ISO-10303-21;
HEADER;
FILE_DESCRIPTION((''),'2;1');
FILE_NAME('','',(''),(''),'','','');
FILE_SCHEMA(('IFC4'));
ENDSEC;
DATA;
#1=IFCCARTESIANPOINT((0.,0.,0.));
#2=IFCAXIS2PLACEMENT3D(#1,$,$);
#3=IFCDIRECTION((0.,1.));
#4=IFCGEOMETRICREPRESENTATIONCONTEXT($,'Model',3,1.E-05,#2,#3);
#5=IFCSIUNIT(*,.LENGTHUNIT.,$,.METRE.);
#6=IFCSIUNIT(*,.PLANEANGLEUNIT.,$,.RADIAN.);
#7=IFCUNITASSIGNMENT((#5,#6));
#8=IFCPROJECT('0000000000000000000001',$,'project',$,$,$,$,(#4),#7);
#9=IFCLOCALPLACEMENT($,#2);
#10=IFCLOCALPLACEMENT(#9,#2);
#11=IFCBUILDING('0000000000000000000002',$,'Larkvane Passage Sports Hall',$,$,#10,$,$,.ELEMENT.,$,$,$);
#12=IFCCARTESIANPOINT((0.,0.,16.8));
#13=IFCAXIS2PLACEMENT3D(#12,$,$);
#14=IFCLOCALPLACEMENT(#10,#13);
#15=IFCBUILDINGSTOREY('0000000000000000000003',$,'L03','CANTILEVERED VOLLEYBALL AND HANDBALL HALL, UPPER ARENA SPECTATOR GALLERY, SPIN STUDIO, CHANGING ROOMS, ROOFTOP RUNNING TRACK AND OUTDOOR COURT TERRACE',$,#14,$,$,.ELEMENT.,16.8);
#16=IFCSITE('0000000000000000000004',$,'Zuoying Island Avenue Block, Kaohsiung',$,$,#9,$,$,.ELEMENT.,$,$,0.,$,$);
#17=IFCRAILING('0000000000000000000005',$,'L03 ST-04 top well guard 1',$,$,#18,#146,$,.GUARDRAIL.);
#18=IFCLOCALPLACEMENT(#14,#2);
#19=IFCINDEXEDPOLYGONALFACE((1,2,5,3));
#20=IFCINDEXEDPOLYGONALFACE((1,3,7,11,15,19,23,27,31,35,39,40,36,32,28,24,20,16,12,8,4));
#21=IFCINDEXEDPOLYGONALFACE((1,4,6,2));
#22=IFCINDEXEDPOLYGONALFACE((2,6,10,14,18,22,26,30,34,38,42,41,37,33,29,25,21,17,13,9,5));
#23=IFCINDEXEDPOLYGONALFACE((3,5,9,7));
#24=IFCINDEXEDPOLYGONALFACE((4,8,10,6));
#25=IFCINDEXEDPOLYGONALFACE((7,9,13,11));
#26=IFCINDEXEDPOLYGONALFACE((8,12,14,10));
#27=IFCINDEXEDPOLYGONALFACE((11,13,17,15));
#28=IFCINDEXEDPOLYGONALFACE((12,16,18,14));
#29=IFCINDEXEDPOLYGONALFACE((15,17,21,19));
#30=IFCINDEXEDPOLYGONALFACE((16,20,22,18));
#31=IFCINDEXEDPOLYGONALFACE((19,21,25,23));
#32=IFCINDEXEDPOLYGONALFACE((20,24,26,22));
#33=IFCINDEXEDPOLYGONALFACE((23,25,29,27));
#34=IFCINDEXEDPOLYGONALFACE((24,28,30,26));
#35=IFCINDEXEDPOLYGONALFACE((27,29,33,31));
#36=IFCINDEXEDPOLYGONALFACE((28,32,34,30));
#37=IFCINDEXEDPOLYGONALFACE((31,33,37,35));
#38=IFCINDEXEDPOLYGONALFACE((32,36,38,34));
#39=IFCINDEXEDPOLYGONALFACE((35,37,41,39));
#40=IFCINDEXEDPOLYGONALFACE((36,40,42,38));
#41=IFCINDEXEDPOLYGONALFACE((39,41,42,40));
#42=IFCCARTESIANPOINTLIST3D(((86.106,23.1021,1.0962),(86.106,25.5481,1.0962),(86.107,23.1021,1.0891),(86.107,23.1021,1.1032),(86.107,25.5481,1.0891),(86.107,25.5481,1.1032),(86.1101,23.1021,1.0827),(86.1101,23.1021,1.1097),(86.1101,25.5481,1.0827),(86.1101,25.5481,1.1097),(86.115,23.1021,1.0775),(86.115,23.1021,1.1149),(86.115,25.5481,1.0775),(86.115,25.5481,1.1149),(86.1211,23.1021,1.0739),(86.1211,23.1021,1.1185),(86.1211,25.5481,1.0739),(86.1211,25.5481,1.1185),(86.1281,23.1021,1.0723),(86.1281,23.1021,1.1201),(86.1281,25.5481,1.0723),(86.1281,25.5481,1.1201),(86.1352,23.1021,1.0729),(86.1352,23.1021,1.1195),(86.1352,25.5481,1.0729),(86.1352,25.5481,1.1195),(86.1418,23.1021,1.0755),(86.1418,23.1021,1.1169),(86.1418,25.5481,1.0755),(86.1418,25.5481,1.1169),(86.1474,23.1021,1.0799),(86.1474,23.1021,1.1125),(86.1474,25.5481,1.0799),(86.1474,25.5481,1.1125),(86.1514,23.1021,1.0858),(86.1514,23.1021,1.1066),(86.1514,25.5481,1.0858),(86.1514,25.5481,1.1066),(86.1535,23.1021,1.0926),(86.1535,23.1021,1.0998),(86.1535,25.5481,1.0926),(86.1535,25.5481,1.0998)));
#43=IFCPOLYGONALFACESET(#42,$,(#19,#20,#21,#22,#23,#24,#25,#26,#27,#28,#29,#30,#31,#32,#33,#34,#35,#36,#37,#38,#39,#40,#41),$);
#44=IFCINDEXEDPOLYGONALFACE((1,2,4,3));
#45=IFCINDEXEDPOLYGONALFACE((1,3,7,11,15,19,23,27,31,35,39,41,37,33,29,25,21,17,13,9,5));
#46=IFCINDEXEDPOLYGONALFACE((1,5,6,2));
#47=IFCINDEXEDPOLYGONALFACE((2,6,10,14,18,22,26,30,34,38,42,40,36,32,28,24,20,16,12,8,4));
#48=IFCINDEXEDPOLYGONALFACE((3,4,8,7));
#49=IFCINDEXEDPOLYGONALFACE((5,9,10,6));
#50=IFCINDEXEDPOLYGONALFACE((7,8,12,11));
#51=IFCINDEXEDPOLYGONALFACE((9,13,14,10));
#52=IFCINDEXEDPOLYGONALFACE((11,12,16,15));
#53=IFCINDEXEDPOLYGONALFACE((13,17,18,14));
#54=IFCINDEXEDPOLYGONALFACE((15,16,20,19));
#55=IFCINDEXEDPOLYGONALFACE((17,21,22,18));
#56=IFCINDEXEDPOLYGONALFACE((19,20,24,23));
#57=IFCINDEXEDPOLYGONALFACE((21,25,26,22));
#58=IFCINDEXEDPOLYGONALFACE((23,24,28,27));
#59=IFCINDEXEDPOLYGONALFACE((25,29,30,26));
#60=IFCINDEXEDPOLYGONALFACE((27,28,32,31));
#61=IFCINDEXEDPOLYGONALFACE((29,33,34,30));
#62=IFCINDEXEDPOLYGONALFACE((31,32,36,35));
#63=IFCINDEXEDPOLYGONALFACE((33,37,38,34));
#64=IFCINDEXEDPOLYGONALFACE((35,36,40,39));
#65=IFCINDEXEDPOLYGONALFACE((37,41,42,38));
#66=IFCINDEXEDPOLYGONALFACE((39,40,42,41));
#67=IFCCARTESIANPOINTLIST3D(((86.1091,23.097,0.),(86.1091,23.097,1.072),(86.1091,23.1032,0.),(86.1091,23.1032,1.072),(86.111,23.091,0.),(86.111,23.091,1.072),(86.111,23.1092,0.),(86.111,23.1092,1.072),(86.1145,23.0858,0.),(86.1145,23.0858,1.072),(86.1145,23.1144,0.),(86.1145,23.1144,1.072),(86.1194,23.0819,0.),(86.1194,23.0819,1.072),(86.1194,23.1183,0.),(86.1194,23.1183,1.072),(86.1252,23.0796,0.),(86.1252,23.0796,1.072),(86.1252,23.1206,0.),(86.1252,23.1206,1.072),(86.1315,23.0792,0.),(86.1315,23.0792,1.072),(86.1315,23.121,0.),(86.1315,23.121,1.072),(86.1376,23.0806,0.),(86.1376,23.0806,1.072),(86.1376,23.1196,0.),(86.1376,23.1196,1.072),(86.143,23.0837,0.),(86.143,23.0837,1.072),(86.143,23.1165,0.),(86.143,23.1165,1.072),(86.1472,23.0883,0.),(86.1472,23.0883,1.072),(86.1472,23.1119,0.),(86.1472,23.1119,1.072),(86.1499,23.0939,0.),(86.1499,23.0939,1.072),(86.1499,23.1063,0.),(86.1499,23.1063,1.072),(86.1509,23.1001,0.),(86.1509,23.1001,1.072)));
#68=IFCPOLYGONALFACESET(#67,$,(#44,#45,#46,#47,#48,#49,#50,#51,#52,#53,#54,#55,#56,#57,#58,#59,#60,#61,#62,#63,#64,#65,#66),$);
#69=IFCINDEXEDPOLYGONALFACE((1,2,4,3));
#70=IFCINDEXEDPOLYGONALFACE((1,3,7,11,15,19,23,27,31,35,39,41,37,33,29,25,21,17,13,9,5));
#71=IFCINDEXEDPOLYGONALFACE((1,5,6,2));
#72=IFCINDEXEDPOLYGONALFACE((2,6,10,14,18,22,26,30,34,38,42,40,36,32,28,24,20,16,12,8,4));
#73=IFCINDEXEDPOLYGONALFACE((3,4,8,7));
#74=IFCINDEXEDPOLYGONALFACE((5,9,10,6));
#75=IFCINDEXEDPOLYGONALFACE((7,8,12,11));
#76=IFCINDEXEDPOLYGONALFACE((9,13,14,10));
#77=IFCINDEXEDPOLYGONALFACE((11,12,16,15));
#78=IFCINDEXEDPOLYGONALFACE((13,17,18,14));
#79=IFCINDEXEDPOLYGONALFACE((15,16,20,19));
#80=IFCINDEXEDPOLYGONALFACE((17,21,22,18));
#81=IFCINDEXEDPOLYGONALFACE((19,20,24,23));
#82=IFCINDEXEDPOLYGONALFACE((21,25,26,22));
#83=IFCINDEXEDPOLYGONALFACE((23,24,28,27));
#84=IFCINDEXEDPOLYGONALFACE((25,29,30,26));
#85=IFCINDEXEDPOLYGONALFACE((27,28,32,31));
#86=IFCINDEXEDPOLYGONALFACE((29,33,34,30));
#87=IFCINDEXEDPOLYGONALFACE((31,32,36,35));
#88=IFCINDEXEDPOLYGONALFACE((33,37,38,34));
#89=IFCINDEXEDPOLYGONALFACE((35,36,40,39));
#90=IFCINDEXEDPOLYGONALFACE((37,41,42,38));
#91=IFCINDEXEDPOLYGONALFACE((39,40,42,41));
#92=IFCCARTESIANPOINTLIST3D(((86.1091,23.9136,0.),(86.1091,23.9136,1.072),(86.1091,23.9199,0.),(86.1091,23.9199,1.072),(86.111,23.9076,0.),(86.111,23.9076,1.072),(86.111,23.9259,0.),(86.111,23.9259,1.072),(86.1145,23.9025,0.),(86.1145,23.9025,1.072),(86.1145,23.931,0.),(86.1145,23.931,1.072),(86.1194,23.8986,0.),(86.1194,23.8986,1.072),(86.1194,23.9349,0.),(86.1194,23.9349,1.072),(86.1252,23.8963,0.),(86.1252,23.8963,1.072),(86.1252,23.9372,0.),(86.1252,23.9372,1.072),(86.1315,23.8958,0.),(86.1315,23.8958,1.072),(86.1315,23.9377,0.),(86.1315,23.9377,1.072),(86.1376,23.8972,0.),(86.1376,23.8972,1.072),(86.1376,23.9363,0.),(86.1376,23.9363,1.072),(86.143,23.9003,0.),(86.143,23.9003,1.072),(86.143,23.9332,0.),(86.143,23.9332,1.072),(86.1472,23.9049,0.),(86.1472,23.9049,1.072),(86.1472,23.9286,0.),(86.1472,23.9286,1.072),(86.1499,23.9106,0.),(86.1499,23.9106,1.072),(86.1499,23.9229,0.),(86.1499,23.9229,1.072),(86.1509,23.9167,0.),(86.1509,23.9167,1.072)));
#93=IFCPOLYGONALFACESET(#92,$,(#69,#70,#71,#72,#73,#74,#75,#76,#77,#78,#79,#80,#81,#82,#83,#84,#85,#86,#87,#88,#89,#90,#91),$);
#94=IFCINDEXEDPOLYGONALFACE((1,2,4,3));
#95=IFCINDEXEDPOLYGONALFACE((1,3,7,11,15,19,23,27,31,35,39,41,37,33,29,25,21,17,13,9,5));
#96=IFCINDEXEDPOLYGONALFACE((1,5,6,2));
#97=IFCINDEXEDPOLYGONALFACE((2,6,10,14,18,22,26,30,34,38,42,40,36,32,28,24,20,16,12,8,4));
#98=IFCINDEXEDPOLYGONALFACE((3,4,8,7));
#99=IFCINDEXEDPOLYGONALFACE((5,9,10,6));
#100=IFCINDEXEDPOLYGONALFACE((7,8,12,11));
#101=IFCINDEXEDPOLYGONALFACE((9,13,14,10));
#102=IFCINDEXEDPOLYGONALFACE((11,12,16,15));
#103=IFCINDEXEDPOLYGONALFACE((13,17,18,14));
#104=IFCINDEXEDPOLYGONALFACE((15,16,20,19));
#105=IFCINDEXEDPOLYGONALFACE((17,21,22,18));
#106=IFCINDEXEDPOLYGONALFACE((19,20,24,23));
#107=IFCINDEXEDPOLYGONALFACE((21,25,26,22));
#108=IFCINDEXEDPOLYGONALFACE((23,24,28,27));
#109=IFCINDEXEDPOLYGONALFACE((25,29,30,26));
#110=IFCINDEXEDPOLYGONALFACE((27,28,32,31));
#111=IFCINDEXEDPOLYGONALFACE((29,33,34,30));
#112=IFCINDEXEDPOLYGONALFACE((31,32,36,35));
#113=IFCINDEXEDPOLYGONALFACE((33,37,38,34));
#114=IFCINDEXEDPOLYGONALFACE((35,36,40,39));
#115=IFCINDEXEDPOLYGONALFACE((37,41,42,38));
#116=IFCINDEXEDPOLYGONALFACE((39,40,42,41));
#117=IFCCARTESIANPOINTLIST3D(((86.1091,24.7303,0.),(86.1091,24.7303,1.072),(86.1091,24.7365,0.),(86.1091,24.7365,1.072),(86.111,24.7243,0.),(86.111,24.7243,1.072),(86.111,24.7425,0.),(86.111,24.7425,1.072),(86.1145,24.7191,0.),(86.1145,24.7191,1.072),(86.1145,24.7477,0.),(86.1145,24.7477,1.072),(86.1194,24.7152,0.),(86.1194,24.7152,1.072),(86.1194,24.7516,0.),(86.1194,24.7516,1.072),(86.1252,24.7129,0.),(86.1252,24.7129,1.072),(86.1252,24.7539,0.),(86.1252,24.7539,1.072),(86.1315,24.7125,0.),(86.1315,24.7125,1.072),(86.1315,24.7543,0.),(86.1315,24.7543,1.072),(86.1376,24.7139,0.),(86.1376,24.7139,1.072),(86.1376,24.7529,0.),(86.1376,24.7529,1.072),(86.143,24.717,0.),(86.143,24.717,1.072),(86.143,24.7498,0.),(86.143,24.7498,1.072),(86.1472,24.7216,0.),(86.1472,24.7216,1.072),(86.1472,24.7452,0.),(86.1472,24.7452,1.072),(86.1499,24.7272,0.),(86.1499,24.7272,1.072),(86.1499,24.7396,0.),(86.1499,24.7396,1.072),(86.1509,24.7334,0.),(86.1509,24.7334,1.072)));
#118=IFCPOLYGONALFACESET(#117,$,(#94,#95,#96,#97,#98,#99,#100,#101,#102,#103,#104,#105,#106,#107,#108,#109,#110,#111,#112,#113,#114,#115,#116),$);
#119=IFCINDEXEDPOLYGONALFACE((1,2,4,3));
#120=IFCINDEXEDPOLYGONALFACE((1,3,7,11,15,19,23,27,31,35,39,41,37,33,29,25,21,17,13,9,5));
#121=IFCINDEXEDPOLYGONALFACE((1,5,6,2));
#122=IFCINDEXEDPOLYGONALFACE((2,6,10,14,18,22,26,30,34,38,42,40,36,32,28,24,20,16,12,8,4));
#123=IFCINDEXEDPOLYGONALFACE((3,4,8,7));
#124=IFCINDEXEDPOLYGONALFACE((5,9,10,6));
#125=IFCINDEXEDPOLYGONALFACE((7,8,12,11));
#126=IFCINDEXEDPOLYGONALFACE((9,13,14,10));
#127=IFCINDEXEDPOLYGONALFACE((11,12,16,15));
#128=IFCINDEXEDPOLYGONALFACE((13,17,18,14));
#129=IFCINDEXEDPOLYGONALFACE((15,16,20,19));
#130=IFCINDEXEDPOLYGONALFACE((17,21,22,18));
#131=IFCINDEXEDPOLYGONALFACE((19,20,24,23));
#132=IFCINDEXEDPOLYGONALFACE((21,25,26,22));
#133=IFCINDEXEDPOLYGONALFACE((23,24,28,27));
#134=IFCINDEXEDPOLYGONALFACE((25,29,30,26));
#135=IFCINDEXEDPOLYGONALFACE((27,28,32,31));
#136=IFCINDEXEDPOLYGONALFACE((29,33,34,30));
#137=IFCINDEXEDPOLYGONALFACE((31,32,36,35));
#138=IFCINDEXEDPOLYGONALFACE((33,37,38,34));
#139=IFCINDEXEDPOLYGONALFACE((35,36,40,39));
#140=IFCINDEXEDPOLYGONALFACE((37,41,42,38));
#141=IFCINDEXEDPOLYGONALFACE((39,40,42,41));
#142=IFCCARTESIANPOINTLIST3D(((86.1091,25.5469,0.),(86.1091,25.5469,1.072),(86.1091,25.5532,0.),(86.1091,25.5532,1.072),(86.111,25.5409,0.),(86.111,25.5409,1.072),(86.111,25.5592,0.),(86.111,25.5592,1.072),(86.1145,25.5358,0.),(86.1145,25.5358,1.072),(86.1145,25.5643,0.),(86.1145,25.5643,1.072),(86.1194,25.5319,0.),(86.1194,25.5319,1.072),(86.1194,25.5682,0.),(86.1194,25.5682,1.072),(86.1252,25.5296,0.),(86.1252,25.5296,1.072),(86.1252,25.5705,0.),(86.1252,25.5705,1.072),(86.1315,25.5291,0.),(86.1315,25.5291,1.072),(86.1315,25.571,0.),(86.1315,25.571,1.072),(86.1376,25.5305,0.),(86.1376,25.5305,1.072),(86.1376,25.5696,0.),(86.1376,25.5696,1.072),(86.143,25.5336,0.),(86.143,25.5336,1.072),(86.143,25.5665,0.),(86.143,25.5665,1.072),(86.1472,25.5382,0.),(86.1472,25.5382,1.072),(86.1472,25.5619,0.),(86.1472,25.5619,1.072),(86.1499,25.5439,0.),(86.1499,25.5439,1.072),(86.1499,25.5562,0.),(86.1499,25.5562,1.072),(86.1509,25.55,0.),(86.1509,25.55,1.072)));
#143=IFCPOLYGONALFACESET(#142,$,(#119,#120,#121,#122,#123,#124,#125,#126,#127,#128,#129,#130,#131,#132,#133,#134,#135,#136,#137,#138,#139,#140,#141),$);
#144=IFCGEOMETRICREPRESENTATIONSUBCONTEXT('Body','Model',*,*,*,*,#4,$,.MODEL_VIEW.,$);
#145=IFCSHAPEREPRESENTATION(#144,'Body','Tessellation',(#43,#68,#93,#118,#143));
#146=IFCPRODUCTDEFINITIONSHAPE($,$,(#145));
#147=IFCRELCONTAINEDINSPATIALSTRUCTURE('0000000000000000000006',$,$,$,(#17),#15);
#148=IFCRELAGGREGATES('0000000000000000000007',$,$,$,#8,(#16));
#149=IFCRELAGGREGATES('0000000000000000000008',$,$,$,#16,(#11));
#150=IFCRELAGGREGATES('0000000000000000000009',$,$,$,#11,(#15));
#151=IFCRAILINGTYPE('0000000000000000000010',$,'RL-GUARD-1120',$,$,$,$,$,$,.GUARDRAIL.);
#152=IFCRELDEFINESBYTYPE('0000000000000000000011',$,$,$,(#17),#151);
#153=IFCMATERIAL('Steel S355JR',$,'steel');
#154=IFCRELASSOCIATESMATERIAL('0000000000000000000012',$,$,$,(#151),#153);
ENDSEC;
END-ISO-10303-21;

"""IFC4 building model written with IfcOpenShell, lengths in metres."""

from ifc_helpers import new_model, si_unit, direction, frame, origin, origin_2d, place, context, subcontext, project, spatial, circle, extrude, material, type_object, element, save


model = new_model("IFC4")

# Units and contexts
model_context = context("Model", 3, precision=1e-05, world=origin(), true_north=direction((0.0, 1.0)))
body_context = subcontext(model_context, "Body", "Model", "MODEL_VIEW")
ifc_project = project(units=[si_unit("LENGTHUNIT", "METRE"), si_unit("PLANEANGLEUNIT", "RADIAN")], contexts=[model_context])

# Site, building, storey
site_placement = place(None, origin())
site = spatial("IfcSite", under=ifc_project, at=site_placement, Name="Zuoying Island Avenue Block, Kaohsiung", CompositionType="ELEMENT", RefElevation=0.0)
building_placement = place(site_placement, origin())
building = spatial("IfcBuilding", under=site, at=building_placement, Name="Larkvane Passage Sports Hall", CompositionType="ELEMENT")
storey_placement = place(building_placement, frame((0.0, 0.0, 16.8)))
storey = spatial("IfcBuildingStorey", under=building, at=storey_placement, Name="L03", Description="CANTILEVERED VOLLEYBALL AND HANDBALL HALL, UPPER ARENA SPECTATOR GALLERY, SPIN STUDIO, CHANGING ROOMS, ROOFTOP RUNNING TRACK AND OUTDOOR COURT TERRACE", CompositionType="ELEMENT", Elevation=16.8)

# Railing
ifc_material_1 = material(Name="Steel S355JR", Category="steel")
railing_type = type_object("IfcRailingType", Name="RL-GUARD-1120", PredefinedType="GUARDRAIL", material=ifc_material_1)
railing_placement = place(storey_placement, frame((86.1299, 23.1001, 0.0)))
element("IfcRailing", 1, at=railing_placement, inside=storey, type_object=railing_type, Name="L03 ST-04 top well guard 1", PredefinedType="GUARDRAIL", context=body_context, shape_type="SweptSolid", body=[
    extrude(circle(Radius=0.0239, at=origin_2d()), frame((0.0, 0.002, 1.0962), z_axis=(0.0, 1.0, 0.0), x_axis=(-1.0, 0.0, 0.0)), (0.0, 0.0, 1.0), 2.446),
    extrude(circle(Radius=0.021, at=origin_2d()), origin(), (0.0, 0.0, 1.0), 1.072),
    extrude(circle(Radius=0.021, at=origin_2d()), frame((0.0, 0.8167, 0.0)), (0.0, 0.0, 1.0), 1.072),
    extrude(circle(Radius=0.021, at=origin_2d()), frame((0.0, 1.6333, 0.0)), (0.0, 0.0, 1.0), 1.072),
    extrude(circle(Radius=0.021, at=origin_2d()), frame((0.0, 2.45, 0.0)), (0.0, 0.0, 1.0), 1.072),
])

save(model, "model.ifc")
